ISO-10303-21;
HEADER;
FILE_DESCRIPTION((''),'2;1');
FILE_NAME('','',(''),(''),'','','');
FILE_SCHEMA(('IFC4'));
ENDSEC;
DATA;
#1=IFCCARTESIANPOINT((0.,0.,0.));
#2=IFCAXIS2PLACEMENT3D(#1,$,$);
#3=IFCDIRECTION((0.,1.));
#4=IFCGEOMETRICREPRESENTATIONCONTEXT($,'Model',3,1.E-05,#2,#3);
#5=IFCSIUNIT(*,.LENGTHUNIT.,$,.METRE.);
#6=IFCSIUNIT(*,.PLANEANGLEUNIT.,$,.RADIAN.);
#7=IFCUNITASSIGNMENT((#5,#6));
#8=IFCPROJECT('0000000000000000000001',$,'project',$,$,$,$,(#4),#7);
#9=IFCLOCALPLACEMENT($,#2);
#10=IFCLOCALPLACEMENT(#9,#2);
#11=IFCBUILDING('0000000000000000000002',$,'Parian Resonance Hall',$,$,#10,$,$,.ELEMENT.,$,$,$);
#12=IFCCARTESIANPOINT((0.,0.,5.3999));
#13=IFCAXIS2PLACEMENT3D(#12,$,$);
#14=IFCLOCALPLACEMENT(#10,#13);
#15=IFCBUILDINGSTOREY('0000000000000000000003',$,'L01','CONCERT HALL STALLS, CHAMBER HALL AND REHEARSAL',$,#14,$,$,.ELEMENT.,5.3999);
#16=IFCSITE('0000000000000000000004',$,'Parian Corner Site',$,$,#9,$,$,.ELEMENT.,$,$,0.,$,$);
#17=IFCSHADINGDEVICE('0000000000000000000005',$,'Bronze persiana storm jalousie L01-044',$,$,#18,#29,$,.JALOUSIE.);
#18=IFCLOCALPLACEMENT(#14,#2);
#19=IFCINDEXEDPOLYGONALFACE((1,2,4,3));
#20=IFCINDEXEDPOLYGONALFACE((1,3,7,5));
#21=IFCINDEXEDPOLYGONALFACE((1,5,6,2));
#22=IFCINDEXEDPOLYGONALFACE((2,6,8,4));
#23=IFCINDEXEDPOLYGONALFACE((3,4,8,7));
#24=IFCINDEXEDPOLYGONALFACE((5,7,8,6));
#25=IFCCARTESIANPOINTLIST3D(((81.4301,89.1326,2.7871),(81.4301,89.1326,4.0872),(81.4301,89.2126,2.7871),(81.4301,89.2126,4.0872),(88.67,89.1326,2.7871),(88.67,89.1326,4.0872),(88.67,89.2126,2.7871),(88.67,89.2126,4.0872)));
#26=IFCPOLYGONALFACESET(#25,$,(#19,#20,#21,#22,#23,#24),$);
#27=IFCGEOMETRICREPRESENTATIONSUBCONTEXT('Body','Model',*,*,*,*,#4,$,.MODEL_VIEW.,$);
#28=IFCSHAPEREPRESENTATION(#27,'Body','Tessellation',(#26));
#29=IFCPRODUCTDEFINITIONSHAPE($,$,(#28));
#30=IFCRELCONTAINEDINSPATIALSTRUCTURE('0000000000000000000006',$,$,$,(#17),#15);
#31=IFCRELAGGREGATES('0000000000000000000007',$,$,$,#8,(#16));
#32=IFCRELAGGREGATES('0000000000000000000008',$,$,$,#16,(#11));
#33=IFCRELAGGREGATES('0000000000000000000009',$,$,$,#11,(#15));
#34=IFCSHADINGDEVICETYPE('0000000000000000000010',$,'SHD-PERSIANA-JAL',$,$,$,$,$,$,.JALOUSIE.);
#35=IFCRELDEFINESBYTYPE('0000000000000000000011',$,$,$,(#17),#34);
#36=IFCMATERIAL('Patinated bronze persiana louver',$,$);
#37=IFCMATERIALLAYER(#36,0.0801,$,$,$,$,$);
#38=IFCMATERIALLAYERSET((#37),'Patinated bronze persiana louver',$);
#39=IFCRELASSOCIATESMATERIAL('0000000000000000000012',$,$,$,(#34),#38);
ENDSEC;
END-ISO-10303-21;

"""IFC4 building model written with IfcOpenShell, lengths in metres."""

from ifc_helpers import new_model, si_unit, direction, frame, origin, origin_2d, place, context, subcontext, project, spatial, rectangle, extrude, material, layer, layer_set, type_object, element, save


model = new_model("IFC4")

# Units and contexts
model_context = context("Model", 3, precision=1e-05, world=origin(), true_north=direction((0.0, 1.0)))
body_context = subcontext(model_context, "Body", "Model", "MODEL_VIEW")
ifc_project = project(units=[si_unit("LENGTHUNIT", "METRE"), si_unit("PLANEANGLEUNIT", "RADIAN")], contexts=[model_context])

# Site, building, storey
site_placement = place(None, origin())
site = spatial("IfcSite", under=ifc_project, at=site_placement, Name="Parian Corner Site", CompositionType="ELEMENT", RefElevation=0.0)
building_placement = place(site_placement, origin())
building = spatial("IfcBuilding", under=site, at=building_placement, Name="Parian Resonance Hall", CompositionType="ELEMENT")
storey_placement = place(building_placement, frame((0.0, 0.0, 5.3999)))
storey = spatial("IfcBuildingStorey", under=building, at=storey_placement, Name="L01", Description="CONCERT HALL STALLS, CHAMBER HALL AND REHEARSAL", CompositionType="ELEMENT", Elevation=5.3999)

# Shading device
ifc_material_1 = material(Name="Patinated bronze persiana louver")
ifc_layer_1 = layer(ifc_material_1, 0.0801)
ifc_layer_set_1 = layer_set([ifc_layer_1], Name="Patinated bronze persiana louver")
shading_device_type = type_object("IfcShadingDeviceType", Name="SHD-PERSIANA-JAL", PredefinedType="JALOUSIE", material=ifc_layer_set_1)
shading_device_placement = place(storey_placement, frame((85.05, 89.1726, 2.7871), z_axis=(0.0, 0.0, 1.0), x_axis=(1.0, 0.0, 0.0)))
element("IfcShadingDevice", 1, at=shading_device_placement, inside=storey, type_object=shading_device_type, Name="Bronze persiana storm jalousie L01-044", PredefinedType="JALOUSIE", context=body_context, shape_type="SweptSolid", body=[
    extrude(rectangle(XDim=7.24, YDim=0.0801, at=origin_2d()), origin(), (0.0, 0.0, 1.0), 1.3),
])

save(model, "model.ifc")
